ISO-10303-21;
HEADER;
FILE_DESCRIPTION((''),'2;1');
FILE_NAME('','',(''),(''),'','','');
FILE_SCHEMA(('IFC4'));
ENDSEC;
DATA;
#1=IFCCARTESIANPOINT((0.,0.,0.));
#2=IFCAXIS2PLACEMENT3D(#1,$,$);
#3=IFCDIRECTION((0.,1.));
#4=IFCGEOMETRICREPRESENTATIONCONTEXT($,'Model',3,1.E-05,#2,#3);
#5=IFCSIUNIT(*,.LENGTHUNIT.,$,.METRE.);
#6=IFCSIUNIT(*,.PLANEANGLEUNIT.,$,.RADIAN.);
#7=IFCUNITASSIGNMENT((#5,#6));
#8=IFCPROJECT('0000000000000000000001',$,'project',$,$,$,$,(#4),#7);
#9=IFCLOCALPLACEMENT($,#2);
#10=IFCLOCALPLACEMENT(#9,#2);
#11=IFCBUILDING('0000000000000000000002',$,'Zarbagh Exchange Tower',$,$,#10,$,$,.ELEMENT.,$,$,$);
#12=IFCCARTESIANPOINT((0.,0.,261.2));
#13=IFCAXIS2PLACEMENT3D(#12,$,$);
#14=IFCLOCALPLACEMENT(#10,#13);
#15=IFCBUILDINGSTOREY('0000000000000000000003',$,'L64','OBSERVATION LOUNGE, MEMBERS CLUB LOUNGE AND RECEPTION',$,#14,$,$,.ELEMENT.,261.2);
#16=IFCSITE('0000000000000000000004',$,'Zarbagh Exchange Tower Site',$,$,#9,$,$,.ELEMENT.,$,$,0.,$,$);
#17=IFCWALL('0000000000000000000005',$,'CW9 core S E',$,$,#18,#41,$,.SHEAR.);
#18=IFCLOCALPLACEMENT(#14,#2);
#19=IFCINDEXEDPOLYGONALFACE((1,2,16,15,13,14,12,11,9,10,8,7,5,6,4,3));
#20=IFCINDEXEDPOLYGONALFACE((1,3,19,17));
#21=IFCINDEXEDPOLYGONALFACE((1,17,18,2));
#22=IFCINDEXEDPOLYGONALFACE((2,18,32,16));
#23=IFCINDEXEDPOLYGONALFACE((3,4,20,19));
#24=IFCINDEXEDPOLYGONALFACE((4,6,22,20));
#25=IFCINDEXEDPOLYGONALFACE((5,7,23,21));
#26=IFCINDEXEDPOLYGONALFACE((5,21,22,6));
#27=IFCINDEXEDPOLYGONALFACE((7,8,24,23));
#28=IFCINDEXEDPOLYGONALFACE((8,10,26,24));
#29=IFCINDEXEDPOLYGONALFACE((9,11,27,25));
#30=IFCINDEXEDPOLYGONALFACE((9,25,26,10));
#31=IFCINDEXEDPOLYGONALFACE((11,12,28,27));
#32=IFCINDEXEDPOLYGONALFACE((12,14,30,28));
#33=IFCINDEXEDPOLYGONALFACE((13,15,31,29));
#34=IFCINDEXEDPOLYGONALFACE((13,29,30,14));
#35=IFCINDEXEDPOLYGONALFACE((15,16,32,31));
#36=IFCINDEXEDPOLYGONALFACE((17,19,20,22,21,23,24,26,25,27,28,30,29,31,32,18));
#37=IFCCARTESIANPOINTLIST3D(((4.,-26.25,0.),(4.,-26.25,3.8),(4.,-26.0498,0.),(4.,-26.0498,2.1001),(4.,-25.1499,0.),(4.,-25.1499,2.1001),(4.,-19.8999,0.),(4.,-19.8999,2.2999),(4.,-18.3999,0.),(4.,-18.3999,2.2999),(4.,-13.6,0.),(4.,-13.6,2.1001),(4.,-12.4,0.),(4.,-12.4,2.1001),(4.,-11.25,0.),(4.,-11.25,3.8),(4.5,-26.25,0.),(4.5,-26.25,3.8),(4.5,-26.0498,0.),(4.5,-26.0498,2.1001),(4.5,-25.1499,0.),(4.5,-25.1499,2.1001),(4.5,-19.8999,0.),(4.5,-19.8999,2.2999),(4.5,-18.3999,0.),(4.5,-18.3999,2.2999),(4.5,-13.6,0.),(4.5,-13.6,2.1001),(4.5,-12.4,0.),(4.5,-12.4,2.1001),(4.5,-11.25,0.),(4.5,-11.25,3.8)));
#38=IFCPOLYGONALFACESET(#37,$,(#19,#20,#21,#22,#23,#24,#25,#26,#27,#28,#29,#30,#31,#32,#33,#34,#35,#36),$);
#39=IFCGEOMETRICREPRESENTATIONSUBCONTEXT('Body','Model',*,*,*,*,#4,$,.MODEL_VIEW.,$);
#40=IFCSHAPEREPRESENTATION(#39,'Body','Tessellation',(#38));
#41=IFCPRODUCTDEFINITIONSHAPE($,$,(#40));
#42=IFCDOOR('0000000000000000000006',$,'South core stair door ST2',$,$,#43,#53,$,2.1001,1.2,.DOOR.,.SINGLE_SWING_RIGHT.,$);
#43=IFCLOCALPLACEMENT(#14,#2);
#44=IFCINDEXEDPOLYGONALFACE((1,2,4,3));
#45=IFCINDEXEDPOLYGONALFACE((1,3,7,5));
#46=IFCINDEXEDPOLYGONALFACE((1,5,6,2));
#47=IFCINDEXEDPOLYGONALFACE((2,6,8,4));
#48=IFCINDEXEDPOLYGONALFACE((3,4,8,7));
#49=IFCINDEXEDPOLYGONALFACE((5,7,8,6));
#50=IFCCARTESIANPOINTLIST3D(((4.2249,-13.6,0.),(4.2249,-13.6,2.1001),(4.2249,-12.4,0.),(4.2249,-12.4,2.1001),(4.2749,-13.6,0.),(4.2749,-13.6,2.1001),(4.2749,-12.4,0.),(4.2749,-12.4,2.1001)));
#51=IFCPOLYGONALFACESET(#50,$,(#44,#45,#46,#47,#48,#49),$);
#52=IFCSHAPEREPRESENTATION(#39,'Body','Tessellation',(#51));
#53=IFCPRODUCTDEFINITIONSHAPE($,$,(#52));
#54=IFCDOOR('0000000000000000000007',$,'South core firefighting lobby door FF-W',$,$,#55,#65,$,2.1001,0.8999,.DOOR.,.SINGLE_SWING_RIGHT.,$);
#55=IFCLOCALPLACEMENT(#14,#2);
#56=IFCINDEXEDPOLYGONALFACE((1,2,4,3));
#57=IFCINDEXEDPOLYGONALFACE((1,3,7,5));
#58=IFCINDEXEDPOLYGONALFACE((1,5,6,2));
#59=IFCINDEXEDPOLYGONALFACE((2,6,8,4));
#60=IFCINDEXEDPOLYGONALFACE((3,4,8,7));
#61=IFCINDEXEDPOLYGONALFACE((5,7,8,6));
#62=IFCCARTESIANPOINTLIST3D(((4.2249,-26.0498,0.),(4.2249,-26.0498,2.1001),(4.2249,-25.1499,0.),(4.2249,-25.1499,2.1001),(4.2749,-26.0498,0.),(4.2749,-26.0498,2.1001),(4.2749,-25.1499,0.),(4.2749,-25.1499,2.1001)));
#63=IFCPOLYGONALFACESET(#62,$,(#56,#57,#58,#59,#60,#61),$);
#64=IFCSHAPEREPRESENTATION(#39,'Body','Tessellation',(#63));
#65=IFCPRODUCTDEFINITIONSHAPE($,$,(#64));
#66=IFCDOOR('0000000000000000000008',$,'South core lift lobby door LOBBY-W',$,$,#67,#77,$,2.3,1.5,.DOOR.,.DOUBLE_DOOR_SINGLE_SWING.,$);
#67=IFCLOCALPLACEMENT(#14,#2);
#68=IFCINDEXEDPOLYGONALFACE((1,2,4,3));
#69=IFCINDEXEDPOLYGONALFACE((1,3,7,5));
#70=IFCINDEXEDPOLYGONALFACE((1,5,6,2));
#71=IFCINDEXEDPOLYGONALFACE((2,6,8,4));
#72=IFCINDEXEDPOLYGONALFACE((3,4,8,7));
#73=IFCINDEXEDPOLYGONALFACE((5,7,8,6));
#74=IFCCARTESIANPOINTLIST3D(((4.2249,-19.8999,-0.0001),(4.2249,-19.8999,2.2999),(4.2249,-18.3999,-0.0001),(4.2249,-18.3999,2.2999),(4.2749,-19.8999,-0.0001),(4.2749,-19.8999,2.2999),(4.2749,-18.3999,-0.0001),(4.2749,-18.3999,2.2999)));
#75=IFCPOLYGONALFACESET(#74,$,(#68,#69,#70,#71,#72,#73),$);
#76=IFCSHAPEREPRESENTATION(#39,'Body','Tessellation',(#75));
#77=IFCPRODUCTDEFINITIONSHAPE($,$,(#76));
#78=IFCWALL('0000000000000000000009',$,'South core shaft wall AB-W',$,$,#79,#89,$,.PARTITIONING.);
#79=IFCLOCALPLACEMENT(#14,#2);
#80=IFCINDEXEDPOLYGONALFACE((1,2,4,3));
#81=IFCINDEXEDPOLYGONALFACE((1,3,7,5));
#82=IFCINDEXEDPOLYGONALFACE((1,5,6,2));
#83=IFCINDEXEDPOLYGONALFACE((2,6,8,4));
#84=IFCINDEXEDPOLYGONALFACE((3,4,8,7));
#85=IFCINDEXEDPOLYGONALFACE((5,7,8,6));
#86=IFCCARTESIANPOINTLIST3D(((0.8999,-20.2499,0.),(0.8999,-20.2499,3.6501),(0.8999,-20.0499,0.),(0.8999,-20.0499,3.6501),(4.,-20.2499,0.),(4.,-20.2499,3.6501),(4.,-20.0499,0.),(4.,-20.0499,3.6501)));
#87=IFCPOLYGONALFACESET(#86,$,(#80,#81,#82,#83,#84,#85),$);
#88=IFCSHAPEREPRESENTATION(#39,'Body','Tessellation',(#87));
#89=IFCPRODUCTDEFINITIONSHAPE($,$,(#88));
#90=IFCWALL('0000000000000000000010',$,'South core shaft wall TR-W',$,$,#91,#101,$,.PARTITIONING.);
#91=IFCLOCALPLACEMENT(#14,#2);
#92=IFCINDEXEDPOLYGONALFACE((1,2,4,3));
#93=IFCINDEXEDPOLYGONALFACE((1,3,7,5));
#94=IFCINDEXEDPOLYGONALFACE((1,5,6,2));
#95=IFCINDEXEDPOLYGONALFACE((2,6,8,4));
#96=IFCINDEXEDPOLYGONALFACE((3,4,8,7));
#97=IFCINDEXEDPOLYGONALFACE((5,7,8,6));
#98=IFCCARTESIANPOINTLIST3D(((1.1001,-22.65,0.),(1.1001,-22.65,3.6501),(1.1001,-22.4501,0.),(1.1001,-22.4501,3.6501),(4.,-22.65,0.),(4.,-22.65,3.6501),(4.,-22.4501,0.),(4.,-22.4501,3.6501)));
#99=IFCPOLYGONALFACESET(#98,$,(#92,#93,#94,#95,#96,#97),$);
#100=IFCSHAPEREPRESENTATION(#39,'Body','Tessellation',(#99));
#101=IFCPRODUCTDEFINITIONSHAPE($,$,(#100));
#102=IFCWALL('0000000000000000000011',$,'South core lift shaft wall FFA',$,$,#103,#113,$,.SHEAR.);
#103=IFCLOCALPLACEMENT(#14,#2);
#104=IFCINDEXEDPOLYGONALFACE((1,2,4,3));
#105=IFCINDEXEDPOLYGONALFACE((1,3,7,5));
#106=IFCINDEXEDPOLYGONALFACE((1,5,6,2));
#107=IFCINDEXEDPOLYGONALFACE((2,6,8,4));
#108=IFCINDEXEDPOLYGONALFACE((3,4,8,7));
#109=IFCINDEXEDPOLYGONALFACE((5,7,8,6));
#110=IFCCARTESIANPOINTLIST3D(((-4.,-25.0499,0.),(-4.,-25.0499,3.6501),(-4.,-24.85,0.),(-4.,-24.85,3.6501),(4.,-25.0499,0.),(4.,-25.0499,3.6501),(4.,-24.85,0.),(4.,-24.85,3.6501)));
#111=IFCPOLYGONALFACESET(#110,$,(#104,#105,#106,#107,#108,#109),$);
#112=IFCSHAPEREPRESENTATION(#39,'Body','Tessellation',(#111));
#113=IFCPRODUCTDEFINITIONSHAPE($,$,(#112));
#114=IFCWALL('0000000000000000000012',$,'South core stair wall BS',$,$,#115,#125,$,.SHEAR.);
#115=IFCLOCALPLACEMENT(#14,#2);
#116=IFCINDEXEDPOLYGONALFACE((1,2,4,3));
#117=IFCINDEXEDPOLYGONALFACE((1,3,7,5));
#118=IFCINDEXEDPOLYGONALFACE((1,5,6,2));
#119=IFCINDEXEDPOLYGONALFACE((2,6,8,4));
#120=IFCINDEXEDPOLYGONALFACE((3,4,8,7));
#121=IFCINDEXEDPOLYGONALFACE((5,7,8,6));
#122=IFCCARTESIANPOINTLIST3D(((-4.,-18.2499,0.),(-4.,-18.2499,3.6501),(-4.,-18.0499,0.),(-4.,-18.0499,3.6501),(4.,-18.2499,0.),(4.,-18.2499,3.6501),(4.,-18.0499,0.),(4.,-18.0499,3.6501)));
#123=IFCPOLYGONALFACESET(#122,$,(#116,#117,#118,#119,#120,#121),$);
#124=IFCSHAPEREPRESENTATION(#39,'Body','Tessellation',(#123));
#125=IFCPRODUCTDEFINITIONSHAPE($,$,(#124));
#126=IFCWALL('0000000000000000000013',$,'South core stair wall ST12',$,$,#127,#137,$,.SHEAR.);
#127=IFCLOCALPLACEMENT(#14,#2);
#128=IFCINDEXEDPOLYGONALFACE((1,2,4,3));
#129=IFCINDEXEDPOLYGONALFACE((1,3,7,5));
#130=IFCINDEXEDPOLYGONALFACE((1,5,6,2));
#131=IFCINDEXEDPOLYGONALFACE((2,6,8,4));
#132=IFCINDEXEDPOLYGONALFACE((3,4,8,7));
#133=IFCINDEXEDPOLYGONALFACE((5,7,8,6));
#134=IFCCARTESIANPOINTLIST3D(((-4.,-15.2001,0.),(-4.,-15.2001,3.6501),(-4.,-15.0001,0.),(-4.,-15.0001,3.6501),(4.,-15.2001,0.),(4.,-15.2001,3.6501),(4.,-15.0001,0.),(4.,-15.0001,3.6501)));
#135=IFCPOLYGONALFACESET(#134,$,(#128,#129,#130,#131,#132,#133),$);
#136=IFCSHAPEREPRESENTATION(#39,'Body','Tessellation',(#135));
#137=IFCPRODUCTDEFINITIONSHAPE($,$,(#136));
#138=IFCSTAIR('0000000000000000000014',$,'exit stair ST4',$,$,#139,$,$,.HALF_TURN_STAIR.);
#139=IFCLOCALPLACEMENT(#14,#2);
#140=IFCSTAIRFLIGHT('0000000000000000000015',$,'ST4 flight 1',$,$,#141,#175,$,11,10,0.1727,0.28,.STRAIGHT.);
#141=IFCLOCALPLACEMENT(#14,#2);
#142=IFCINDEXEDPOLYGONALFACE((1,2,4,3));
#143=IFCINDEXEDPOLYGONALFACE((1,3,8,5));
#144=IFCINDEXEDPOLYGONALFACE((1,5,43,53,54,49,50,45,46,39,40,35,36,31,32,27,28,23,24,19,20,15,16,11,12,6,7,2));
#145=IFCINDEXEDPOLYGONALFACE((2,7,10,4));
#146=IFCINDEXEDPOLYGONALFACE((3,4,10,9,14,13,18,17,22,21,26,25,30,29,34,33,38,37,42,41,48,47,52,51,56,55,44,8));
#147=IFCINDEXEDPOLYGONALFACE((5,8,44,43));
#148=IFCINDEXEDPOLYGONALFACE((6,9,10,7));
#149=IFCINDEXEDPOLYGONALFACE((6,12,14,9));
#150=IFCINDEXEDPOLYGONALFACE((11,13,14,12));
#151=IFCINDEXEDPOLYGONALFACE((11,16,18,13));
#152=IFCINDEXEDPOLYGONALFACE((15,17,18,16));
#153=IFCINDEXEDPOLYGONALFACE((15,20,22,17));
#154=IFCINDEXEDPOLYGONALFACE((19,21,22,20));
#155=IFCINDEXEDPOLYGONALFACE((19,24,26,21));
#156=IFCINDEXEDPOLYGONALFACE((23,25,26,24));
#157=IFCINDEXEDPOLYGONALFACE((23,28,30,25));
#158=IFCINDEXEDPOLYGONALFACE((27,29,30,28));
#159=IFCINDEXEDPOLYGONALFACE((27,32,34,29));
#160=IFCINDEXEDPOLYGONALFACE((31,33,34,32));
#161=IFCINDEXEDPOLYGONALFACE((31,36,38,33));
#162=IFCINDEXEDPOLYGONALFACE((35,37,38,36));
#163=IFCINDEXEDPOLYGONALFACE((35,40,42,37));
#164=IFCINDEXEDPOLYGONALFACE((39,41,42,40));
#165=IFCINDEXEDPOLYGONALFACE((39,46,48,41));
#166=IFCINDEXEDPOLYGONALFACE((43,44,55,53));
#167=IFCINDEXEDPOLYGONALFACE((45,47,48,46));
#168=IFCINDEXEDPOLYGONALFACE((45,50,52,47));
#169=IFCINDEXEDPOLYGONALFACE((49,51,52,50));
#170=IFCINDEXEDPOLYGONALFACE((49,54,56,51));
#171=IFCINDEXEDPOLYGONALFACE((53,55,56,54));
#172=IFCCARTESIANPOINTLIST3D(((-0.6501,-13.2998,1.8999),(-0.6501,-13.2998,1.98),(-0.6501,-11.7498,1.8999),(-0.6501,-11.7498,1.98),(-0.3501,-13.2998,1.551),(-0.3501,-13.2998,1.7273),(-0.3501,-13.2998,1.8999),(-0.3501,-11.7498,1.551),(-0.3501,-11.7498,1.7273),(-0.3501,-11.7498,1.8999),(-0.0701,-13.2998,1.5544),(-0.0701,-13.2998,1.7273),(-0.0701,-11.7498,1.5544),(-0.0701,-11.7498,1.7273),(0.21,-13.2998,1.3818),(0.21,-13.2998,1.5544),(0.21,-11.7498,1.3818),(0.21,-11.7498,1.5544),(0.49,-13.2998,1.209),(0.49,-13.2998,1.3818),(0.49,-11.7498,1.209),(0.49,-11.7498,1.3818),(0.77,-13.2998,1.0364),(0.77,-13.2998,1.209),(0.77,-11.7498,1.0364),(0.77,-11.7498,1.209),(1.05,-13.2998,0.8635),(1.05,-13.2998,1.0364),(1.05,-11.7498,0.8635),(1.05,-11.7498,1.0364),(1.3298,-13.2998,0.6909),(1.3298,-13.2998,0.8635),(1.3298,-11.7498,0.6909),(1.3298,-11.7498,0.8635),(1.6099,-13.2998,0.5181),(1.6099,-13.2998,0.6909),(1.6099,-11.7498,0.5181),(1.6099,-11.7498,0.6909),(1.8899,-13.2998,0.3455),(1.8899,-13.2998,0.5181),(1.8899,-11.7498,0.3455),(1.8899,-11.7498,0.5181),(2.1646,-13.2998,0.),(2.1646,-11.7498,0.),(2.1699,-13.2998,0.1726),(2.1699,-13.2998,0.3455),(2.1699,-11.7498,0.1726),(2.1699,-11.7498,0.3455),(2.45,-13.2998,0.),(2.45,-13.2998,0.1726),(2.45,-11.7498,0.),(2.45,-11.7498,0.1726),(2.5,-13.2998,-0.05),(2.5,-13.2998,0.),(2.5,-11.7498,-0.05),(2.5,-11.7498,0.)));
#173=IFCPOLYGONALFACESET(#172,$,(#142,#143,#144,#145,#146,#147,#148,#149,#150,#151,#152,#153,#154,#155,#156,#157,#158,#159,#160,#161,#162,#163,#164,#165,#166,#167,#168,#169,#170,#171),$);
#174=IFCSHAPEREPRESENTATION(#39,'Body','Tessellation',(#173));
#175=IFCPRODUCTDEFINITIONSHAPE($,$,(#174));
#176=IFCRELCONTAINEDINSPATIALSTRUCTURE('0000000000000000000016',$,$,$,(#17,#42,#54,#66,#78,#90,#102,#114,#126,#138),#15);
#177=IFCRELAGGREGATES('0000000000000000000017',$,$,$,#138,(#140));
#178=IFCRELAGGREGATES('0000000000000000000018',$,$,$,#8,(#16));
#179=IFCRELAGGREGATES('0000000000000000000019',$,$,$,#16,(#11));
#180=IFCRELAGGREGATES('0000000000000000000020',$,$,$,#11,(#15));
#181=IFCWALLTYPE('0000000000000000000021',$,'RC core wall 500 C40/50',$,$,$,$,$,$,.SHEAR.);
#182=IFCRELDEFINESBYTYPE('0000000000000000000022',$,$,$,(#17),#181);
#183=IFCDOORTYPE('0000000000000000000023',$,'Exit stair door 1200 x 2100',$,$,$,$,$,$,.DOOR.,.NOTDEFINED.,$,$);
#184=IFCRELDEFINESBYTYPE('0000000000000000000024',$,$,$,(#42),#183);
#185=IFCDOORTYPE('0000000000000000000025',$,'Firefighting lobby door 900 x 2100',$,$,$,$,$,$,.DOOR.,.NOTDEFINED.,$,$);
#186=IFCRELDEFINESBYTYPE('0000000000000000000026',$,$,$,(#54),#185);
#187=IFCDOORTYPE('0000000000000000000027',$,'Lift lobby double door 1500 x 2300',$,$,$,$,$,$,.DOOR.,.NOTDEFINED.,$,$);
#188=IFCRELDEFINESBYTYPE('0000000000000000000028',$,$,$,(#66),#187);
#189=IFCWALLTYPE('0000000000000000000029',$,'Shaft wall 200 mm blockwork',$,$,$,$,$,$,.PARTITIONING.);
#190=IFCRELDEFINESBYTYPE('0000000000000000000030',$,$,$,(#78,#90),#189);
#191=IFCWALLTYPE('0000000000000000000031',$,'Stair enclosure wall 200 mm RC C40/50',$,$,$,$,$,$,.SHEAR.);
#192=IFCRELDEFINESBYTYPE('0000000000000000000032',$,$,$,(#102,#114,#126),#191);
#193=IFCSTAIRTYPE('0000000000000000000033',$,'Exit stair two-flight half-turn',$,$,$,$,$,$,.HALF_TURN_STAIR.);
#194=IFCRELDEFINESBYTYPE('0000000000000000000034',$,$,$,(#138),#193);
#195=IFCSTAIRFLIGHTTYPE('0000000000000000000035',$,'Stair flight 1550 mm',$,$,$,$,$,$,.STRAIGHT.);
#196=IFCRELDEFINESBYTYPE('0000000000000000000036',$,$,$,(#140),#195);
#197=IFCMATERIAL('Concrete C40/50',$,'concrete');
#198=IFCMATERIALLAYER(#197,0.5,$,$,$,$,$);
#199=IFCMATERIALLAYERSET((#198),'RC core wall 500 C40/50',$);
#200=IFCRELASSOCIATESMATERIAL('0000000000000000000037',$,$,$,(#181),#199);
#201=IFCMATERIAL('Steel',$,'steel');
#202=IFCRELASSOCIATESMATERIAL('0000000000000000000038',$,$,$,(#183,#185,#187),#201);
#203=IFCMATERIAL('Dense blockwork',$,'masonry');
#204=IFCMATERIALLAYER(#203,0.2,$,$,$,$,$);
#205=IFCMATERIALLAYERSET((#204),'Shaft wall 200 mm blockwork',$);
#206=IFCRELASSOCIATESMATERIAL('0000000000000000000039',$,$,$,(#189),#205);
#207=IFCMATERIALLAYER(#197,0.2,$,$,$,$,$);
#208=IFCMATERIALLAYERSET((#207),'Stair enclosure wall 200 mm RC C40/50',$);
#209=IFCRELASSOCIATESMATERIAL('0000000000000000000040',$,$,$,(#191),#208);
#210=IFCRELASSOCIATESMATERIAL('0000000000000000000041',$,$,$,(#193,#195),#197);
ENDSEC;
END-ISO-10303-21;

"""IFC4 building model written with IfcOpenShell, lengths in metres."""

from ifc_helpers import new_model, si_unit, direction, frame, frame_2d, origin, place, context, subcontext, project, spatial, polyline, rectangle, outline, extrude, material, layer, layer_set, type_object, element, fill, aggregate, save


model = new_model("IFC4")

# Units and contexts
model_context = context("Model", 3, precision=1e-05, world=origin(), true_north=direction((0.0, 1.0)))
body_context = subcontext(model_context, "Body", "Model", "MODEL_VIEW")
ifc_project = project(units=[si_unit("LENGTHUNIT", "METRE"), si_unit("PLANEANGLEUNIT", "RADIAN")], contexts=[model_context])

# Site, building, storey
site_placement = place(None, origin())
site = spatial("IfcSite", under=ifc_project, at=site_placement, Name="Zarbagh Exchange Tower Site", CompositionType="ELEMENT", RefElevation=0.0)
building_placement = place(site_placement, origin())
building = spatial("IfcBuilding", under=site, at=building_placement, Name="Zarbagh Exchange Tower", CompositionType="ELEMENT")
storey_placement = place(building_placement, frame((0.0, 0.0, 261.2)))
storey = spatial("IfcBuildingStorey", under=building, at=storey_placement, Name="L64", Description="OBSERVATION LOUNGE, MEMBERS CLUB LOUNGE AND RECEPTION", CompositionType="ELEMENT", Elevation=261.2)

# Shared definitions
ifc_material_1 = material(Name="Concrete C40/50", Category="concrete")

# Wall, openings, doors
ifc_layer_1 = layer(ifc_material_1, 0.5)
ifc_layer_set_1 = layer_set([ifc_layer_1], Name="RC core wall 500 C40/50")
wall_type_1 = type_object("IfcWallType", Name="RC core wall 500 C40/50", PredefinedType="SHEAR", material=ifc_layer_set_1)
wall_1_placement = place(storey_placement, frame((4.25, -11.25, 0.0), z_axis=(0.0, 0.0, 1.0), x_axis=(0.0, -1.0, 0.0)))
wall_1 = element("IfcWall", 1, at=wall_1_placement, inside=storey, type_object=wall_type_1, Name="CW9 core S E", PredefinedType="SHEAR", context=body_context, shape_type="SweptSolid", body=[
    extrude(rectangle(XDim=15.0, YDim=0.5, at=frame_2d((7.5, 0.0))), origin(), (0.0, 0.0, 1.0), 3.8),
])
opening_1_placement = place(wall_1_placement, frame((7.1499, 0.0, 0.0)))
opening_1 = element("IfcOpeningElement", 2, at=opening_1_placement, cuts=wall_1, PredefinedType="OPENING", context=body_context, shape_type="SweptSolid", body=[
    extrude(rectangle(XDim=1.5, YDim=2.3, at=frame_2d((0.75, 1.1499))), frame((0.0, 0.26, 0.0), z_axis=(0.0, -1.0, 0.0), x_axis=(1.0, 0.0, 0.0)), (0.0, 0.0, 1.0), 0.52),
])
opening_2_placement = place(wall_1_placement, frame((13.8999, 0.0, 0.0)))
opening_2 = element("IfcOpeningElement", 3, at=opening_2_placement, cuts=wall_1, PredefinedType="OPENING", context=body_context, shape_type="SweptSolid", body=[
    extrude(rectangle(XDim=0.8999, YDim=2.1001, at=frame_2d((0.45, 1.05))), frame((0.0, 0.26, 0.0), z_axis=(0.0, -1.0, 0.0), x_axis=(1.0, 0.0, 0.0)), (0.0, 0.0, 1.0), 0.52),
])
opening_3_placement = place(wall_1_placement, frame((1.1499, 0.0, 0.0)))
opening_3 = element("IfcOpeningElement", 4, at=opening_3_placement, cuts=wall_1, PredefinedType="OPENING", context=body_context, shape_type="SweptSolid", body=[
    extrude(rectangle(XDim=1.2, YDim=2.1001, at=frame_2d((0.6001, 1.05))), frame((0.0, 0.26, 0.0), z_axis=(0.0, -1.0, 0.0), x_axis=(1.0, 0.0, 0.0)), (0.0, 0.0, 1.0), 0.52),
])
ifc_material_2 = material(Name="Steel", Category="steel")
door_type_1 = type_object("IfcDoorType", Name="Exit stair door 1200 x 2100", OperationType="NOTDEFINED", PredefinedType="DOOR", material=ifc_material_2)
door_1_placement = place(opening_3_placement, origin())
door_1 = element("IfcDoor", 5, at=door_1_placement, inside=storey, type_object=door_type_1, Name="South core stair door ST2", OperationType="SINGLE_SWING_RIGHT", OverallHeight=2.1001, OverallWidth=1.2, PredefinedType="DOOR", context=body_context, shape_type="SweptSolid", body=[
    extrude(rectangle(XDim=1.2, YDim=2.1001, at=frame_2d((0.6001, 1.05))), frame((0.0, 0.0249, 0.0), z_axis=(0.0, -1.0, 0.0), x_axis=(1.0, 0.0, 0.0)), (0.0, 0.0, 1.0), 0.05),
])
fill(opening_3, door_1)
door_type_2 = type_object("IfcDoorType", Name="Firefighting lobby door 900 x 2100", OperationType="NOTDEFINED", PredefinedType="DOOR", material=ifc_material_2)
door_2_placement = place(opening_2_placement, origin())
door_2 = element("IfcDoor", 6, at=door_2_placement, inside=storey, type_object=door_type_2, Name="South core firefighting lobby door FF-W", OperationType="SINGLE_SWING_RIGHT", OverallHeight=2.1001, OverallWidth=0.8999, PredefinedType="DOOR", context=body_context, shape_type="SweptSolid", body=[
    extrude(rectangle(XDim=0.8999, YDim=2.1001, at=frame_2d((0.45, 1.05))), frame((0.0, 0.0249, 0.0), z_axis=(0.0, -1.0, 0.0), x_axis=(1.0, 0.0, 0.0)), (0.0, 0.0, 1.0), 0.05),
])
fill(opening_2, door_2)
door_type_3 = type_object("IfcDoorType", Name="Lift lobby double door 1500 x 2300", OperationType="NOTDEFINED", PredefinedType="DOOR", material=ifc_material_2)
door_3_placement = place(opening_1_placement, origin())
door_3 = element("IfcDoor", 7, at=door_3_placement, inside=storey, type_object=door_type_3, Name="South core lift lobby door LOBBY-W", OperationType="DOUBLE_DOOR_SINGLE_SWING", OverallHeight=2.3, OverallWidth=1.5, PredefinedType="DOOR", context=body_context, shape_type="SweptSolid", body=[
    extrude(rectangle(XDim=1.5, YDim=2.3, at=frame_2d((0.75, 1.1499))), frame((0.0, 0.0249, 0.0), z_axis=(0.0, -1.0, 0.0), x_axis=(1.0, 0.0, 0.0)), (0.0, 0.0, 1.0), 0.05),
])
fill(opening_1, door_3)

# Walls
ifc_material_3 = material(Name="Dense blockwork", Category="masonry")
ifc_layer_2 = layer(ifc_material_3, 0.2)
ifc_layer_set_2 = layer_set([ifc_layer_2], Name="Shaft wall 200 mm blockwork")
wall_type_2 = type_object("IfcWallType", Name="Shaft wall 200 mm blockwork", PredefinedType="PARTITIONING", material=ifc_layer_set_2)
wall_2_placement = place(storey_placement, frame((4.0, -20.1499, 0.0), z_axis=(0.0, 0.0, 1.0), x_axis=(-1.0, 0.0, 0.0)))
element("IfcWall", 8, at=wall_2_placement, inside=storey, type_object=wall_type_2, Name="South core shaft wall AB-W", PredefinedType="PARTITIONING", context=body_context, shape_type="SweptSolid", body=[
    extrude(rectangle(XDim=3.1001, YDim=0.2, at=frame_2d((1.55, 0.0))), origin(), (0.0, 0.0, 1.0), 3.6501),
])
wall_3_placement = place(storey_placement, frame((4.0, -22.55, 0.0), z_axis=(0.0, 0.0, 1.0), x_axis=(-1.0, 0.0, 0.0)))
element("IfcWall", 9, at=wall_3_placement, inside=storey, type_object=wall_type_2, Name="South core shaft wall TR-W", PredefinedType="PARTITIONING", context=body_context, shape_type="SweptSolid", body=[
    extrude(rectangle(XDim=2.8999, YDim=0.2, at=frame_2d((1.45, 0.0))), origin(), (0.0, 0.0, 1.0), 3.6501),
])
ifc_layer_3 = layer(ifc_material_1, 0.2)
ifc_layer_set_3 = layer_set([ifc_layer_3], Name="Stair enclosure wall 200 mm RC C40/50")
wall_type_3 = type_object("IfcWallType", Name="Stair enclosure wall 200 mm RC C40/50", PredefinedType="SHEAR", material=ifc_layer_set_3)
for number, where, z_axis, x_axis, name in (
    (10, (4.0, -24.95, 0.0), (0.0, 0.0, 1.0), (-1.0, 0.0, 0.0), "South core lift shaft wall FFA"),
    (11, (4.0, -18.1499, 0.0), (0.0, 0.0, 1.0), (-1.0, 0.0, 0.0), "South core stair wall BS"),
    (12, (4.0, -15.1001, 0.0), (0.0, 0.0, 1.0), (-1.0, 0.0, 0.0), "South core stair wall ST12"),
):
    element("IfcWall", number, at=place(storey_placement, frame(where, z_axis=z_axis, x_axis=x_axis)), inside=storey, type_object=wall_type_3, Name=name, PredefinedType="SHEAR", context=body_context, shape_type="SweptSolid", body=[
        extrude(rectangle(XDim=8.0, YDim=0.2, at=frame_2d((4.0, 0.0))), origin(), (0.0, 0.0, 1.0), 3.6501),
    ])

# Stair, stair flight
stair_type = type_object("IfcStairType", Name="Exit stair two-flight half-turn", PredefinedType="HALF_TURN_STAIR", material=ifc_material_1)
stair_placement = place(storey_placement, origin())
stair = element("IfcStair", 13, at=stair_placement, inside=storey, type_object=stair_type, Name="exit stair ST4", PredefinedType="HALF_TURN_STAIR")
stair_flight_type = type_object("IfcStairFlightType", Name="Stair flight 1550 mm", PredefinedType="STRAIGHT", material=ifc_material_1)
stair_flight_placement = place(storey_placement, frame((2.45, -12.5249, 0.0), z_axis=(0.0, 0.0, 1.0), x_axis=(-1.0, 0.0, 0.0)))
stair_flight = element("IfcStairFlight", 14, at=stair_flight_placement, type_object=stair_flight_type, Name="ST4 flight 1", NumberOfRisers=11, NumberOfTreads=10, PredefinedType="STRAIGHT", RiserHeight=0.1727, TreadLength=0.28, context=body_context, shape_type="SweptSolid", body=[
    extrude(outline(polyline([(-0.05, -0.05), (-0.05, 0.0), (0.0, 0.0), (0.0, 0.1726), (0.28, 0.1726), (0.28, 0.3455), (0.5601, 0.3455), (0.5601, 0.5181), (0.8401, 0.5181), (0.8401, 0.6909), (1.1201, 0.6909), (1.1201, 0.8635), (1.3999, 0.8635), (1.3999, 1.0364), (1.6799, 1.0364), (1.6799, 1.209), (1.96, 1.209), (1.96, 1.3818), (2.24, 1.3818), (2.24, 1.5544), (2.52, 1.5544), (2.52, 1.7273), (2.8, 1.7273), (2.8, 1.8999), (3.1001, 1.98), (3.1001, 1.8999), (2.8, 1.551), (0.2854, 0.0), (-0.05, -0.05)])), frame((0.0, 0.7749, 0.0), z_axis=(0.0, -1.0, 0.0), x_axis=(1.0, 0.0, 0.0)), (0.0, 0.0, 1.0), 1.55),
])
aggregate(stair, [stair_flight])

save(model, "model.ifc")
